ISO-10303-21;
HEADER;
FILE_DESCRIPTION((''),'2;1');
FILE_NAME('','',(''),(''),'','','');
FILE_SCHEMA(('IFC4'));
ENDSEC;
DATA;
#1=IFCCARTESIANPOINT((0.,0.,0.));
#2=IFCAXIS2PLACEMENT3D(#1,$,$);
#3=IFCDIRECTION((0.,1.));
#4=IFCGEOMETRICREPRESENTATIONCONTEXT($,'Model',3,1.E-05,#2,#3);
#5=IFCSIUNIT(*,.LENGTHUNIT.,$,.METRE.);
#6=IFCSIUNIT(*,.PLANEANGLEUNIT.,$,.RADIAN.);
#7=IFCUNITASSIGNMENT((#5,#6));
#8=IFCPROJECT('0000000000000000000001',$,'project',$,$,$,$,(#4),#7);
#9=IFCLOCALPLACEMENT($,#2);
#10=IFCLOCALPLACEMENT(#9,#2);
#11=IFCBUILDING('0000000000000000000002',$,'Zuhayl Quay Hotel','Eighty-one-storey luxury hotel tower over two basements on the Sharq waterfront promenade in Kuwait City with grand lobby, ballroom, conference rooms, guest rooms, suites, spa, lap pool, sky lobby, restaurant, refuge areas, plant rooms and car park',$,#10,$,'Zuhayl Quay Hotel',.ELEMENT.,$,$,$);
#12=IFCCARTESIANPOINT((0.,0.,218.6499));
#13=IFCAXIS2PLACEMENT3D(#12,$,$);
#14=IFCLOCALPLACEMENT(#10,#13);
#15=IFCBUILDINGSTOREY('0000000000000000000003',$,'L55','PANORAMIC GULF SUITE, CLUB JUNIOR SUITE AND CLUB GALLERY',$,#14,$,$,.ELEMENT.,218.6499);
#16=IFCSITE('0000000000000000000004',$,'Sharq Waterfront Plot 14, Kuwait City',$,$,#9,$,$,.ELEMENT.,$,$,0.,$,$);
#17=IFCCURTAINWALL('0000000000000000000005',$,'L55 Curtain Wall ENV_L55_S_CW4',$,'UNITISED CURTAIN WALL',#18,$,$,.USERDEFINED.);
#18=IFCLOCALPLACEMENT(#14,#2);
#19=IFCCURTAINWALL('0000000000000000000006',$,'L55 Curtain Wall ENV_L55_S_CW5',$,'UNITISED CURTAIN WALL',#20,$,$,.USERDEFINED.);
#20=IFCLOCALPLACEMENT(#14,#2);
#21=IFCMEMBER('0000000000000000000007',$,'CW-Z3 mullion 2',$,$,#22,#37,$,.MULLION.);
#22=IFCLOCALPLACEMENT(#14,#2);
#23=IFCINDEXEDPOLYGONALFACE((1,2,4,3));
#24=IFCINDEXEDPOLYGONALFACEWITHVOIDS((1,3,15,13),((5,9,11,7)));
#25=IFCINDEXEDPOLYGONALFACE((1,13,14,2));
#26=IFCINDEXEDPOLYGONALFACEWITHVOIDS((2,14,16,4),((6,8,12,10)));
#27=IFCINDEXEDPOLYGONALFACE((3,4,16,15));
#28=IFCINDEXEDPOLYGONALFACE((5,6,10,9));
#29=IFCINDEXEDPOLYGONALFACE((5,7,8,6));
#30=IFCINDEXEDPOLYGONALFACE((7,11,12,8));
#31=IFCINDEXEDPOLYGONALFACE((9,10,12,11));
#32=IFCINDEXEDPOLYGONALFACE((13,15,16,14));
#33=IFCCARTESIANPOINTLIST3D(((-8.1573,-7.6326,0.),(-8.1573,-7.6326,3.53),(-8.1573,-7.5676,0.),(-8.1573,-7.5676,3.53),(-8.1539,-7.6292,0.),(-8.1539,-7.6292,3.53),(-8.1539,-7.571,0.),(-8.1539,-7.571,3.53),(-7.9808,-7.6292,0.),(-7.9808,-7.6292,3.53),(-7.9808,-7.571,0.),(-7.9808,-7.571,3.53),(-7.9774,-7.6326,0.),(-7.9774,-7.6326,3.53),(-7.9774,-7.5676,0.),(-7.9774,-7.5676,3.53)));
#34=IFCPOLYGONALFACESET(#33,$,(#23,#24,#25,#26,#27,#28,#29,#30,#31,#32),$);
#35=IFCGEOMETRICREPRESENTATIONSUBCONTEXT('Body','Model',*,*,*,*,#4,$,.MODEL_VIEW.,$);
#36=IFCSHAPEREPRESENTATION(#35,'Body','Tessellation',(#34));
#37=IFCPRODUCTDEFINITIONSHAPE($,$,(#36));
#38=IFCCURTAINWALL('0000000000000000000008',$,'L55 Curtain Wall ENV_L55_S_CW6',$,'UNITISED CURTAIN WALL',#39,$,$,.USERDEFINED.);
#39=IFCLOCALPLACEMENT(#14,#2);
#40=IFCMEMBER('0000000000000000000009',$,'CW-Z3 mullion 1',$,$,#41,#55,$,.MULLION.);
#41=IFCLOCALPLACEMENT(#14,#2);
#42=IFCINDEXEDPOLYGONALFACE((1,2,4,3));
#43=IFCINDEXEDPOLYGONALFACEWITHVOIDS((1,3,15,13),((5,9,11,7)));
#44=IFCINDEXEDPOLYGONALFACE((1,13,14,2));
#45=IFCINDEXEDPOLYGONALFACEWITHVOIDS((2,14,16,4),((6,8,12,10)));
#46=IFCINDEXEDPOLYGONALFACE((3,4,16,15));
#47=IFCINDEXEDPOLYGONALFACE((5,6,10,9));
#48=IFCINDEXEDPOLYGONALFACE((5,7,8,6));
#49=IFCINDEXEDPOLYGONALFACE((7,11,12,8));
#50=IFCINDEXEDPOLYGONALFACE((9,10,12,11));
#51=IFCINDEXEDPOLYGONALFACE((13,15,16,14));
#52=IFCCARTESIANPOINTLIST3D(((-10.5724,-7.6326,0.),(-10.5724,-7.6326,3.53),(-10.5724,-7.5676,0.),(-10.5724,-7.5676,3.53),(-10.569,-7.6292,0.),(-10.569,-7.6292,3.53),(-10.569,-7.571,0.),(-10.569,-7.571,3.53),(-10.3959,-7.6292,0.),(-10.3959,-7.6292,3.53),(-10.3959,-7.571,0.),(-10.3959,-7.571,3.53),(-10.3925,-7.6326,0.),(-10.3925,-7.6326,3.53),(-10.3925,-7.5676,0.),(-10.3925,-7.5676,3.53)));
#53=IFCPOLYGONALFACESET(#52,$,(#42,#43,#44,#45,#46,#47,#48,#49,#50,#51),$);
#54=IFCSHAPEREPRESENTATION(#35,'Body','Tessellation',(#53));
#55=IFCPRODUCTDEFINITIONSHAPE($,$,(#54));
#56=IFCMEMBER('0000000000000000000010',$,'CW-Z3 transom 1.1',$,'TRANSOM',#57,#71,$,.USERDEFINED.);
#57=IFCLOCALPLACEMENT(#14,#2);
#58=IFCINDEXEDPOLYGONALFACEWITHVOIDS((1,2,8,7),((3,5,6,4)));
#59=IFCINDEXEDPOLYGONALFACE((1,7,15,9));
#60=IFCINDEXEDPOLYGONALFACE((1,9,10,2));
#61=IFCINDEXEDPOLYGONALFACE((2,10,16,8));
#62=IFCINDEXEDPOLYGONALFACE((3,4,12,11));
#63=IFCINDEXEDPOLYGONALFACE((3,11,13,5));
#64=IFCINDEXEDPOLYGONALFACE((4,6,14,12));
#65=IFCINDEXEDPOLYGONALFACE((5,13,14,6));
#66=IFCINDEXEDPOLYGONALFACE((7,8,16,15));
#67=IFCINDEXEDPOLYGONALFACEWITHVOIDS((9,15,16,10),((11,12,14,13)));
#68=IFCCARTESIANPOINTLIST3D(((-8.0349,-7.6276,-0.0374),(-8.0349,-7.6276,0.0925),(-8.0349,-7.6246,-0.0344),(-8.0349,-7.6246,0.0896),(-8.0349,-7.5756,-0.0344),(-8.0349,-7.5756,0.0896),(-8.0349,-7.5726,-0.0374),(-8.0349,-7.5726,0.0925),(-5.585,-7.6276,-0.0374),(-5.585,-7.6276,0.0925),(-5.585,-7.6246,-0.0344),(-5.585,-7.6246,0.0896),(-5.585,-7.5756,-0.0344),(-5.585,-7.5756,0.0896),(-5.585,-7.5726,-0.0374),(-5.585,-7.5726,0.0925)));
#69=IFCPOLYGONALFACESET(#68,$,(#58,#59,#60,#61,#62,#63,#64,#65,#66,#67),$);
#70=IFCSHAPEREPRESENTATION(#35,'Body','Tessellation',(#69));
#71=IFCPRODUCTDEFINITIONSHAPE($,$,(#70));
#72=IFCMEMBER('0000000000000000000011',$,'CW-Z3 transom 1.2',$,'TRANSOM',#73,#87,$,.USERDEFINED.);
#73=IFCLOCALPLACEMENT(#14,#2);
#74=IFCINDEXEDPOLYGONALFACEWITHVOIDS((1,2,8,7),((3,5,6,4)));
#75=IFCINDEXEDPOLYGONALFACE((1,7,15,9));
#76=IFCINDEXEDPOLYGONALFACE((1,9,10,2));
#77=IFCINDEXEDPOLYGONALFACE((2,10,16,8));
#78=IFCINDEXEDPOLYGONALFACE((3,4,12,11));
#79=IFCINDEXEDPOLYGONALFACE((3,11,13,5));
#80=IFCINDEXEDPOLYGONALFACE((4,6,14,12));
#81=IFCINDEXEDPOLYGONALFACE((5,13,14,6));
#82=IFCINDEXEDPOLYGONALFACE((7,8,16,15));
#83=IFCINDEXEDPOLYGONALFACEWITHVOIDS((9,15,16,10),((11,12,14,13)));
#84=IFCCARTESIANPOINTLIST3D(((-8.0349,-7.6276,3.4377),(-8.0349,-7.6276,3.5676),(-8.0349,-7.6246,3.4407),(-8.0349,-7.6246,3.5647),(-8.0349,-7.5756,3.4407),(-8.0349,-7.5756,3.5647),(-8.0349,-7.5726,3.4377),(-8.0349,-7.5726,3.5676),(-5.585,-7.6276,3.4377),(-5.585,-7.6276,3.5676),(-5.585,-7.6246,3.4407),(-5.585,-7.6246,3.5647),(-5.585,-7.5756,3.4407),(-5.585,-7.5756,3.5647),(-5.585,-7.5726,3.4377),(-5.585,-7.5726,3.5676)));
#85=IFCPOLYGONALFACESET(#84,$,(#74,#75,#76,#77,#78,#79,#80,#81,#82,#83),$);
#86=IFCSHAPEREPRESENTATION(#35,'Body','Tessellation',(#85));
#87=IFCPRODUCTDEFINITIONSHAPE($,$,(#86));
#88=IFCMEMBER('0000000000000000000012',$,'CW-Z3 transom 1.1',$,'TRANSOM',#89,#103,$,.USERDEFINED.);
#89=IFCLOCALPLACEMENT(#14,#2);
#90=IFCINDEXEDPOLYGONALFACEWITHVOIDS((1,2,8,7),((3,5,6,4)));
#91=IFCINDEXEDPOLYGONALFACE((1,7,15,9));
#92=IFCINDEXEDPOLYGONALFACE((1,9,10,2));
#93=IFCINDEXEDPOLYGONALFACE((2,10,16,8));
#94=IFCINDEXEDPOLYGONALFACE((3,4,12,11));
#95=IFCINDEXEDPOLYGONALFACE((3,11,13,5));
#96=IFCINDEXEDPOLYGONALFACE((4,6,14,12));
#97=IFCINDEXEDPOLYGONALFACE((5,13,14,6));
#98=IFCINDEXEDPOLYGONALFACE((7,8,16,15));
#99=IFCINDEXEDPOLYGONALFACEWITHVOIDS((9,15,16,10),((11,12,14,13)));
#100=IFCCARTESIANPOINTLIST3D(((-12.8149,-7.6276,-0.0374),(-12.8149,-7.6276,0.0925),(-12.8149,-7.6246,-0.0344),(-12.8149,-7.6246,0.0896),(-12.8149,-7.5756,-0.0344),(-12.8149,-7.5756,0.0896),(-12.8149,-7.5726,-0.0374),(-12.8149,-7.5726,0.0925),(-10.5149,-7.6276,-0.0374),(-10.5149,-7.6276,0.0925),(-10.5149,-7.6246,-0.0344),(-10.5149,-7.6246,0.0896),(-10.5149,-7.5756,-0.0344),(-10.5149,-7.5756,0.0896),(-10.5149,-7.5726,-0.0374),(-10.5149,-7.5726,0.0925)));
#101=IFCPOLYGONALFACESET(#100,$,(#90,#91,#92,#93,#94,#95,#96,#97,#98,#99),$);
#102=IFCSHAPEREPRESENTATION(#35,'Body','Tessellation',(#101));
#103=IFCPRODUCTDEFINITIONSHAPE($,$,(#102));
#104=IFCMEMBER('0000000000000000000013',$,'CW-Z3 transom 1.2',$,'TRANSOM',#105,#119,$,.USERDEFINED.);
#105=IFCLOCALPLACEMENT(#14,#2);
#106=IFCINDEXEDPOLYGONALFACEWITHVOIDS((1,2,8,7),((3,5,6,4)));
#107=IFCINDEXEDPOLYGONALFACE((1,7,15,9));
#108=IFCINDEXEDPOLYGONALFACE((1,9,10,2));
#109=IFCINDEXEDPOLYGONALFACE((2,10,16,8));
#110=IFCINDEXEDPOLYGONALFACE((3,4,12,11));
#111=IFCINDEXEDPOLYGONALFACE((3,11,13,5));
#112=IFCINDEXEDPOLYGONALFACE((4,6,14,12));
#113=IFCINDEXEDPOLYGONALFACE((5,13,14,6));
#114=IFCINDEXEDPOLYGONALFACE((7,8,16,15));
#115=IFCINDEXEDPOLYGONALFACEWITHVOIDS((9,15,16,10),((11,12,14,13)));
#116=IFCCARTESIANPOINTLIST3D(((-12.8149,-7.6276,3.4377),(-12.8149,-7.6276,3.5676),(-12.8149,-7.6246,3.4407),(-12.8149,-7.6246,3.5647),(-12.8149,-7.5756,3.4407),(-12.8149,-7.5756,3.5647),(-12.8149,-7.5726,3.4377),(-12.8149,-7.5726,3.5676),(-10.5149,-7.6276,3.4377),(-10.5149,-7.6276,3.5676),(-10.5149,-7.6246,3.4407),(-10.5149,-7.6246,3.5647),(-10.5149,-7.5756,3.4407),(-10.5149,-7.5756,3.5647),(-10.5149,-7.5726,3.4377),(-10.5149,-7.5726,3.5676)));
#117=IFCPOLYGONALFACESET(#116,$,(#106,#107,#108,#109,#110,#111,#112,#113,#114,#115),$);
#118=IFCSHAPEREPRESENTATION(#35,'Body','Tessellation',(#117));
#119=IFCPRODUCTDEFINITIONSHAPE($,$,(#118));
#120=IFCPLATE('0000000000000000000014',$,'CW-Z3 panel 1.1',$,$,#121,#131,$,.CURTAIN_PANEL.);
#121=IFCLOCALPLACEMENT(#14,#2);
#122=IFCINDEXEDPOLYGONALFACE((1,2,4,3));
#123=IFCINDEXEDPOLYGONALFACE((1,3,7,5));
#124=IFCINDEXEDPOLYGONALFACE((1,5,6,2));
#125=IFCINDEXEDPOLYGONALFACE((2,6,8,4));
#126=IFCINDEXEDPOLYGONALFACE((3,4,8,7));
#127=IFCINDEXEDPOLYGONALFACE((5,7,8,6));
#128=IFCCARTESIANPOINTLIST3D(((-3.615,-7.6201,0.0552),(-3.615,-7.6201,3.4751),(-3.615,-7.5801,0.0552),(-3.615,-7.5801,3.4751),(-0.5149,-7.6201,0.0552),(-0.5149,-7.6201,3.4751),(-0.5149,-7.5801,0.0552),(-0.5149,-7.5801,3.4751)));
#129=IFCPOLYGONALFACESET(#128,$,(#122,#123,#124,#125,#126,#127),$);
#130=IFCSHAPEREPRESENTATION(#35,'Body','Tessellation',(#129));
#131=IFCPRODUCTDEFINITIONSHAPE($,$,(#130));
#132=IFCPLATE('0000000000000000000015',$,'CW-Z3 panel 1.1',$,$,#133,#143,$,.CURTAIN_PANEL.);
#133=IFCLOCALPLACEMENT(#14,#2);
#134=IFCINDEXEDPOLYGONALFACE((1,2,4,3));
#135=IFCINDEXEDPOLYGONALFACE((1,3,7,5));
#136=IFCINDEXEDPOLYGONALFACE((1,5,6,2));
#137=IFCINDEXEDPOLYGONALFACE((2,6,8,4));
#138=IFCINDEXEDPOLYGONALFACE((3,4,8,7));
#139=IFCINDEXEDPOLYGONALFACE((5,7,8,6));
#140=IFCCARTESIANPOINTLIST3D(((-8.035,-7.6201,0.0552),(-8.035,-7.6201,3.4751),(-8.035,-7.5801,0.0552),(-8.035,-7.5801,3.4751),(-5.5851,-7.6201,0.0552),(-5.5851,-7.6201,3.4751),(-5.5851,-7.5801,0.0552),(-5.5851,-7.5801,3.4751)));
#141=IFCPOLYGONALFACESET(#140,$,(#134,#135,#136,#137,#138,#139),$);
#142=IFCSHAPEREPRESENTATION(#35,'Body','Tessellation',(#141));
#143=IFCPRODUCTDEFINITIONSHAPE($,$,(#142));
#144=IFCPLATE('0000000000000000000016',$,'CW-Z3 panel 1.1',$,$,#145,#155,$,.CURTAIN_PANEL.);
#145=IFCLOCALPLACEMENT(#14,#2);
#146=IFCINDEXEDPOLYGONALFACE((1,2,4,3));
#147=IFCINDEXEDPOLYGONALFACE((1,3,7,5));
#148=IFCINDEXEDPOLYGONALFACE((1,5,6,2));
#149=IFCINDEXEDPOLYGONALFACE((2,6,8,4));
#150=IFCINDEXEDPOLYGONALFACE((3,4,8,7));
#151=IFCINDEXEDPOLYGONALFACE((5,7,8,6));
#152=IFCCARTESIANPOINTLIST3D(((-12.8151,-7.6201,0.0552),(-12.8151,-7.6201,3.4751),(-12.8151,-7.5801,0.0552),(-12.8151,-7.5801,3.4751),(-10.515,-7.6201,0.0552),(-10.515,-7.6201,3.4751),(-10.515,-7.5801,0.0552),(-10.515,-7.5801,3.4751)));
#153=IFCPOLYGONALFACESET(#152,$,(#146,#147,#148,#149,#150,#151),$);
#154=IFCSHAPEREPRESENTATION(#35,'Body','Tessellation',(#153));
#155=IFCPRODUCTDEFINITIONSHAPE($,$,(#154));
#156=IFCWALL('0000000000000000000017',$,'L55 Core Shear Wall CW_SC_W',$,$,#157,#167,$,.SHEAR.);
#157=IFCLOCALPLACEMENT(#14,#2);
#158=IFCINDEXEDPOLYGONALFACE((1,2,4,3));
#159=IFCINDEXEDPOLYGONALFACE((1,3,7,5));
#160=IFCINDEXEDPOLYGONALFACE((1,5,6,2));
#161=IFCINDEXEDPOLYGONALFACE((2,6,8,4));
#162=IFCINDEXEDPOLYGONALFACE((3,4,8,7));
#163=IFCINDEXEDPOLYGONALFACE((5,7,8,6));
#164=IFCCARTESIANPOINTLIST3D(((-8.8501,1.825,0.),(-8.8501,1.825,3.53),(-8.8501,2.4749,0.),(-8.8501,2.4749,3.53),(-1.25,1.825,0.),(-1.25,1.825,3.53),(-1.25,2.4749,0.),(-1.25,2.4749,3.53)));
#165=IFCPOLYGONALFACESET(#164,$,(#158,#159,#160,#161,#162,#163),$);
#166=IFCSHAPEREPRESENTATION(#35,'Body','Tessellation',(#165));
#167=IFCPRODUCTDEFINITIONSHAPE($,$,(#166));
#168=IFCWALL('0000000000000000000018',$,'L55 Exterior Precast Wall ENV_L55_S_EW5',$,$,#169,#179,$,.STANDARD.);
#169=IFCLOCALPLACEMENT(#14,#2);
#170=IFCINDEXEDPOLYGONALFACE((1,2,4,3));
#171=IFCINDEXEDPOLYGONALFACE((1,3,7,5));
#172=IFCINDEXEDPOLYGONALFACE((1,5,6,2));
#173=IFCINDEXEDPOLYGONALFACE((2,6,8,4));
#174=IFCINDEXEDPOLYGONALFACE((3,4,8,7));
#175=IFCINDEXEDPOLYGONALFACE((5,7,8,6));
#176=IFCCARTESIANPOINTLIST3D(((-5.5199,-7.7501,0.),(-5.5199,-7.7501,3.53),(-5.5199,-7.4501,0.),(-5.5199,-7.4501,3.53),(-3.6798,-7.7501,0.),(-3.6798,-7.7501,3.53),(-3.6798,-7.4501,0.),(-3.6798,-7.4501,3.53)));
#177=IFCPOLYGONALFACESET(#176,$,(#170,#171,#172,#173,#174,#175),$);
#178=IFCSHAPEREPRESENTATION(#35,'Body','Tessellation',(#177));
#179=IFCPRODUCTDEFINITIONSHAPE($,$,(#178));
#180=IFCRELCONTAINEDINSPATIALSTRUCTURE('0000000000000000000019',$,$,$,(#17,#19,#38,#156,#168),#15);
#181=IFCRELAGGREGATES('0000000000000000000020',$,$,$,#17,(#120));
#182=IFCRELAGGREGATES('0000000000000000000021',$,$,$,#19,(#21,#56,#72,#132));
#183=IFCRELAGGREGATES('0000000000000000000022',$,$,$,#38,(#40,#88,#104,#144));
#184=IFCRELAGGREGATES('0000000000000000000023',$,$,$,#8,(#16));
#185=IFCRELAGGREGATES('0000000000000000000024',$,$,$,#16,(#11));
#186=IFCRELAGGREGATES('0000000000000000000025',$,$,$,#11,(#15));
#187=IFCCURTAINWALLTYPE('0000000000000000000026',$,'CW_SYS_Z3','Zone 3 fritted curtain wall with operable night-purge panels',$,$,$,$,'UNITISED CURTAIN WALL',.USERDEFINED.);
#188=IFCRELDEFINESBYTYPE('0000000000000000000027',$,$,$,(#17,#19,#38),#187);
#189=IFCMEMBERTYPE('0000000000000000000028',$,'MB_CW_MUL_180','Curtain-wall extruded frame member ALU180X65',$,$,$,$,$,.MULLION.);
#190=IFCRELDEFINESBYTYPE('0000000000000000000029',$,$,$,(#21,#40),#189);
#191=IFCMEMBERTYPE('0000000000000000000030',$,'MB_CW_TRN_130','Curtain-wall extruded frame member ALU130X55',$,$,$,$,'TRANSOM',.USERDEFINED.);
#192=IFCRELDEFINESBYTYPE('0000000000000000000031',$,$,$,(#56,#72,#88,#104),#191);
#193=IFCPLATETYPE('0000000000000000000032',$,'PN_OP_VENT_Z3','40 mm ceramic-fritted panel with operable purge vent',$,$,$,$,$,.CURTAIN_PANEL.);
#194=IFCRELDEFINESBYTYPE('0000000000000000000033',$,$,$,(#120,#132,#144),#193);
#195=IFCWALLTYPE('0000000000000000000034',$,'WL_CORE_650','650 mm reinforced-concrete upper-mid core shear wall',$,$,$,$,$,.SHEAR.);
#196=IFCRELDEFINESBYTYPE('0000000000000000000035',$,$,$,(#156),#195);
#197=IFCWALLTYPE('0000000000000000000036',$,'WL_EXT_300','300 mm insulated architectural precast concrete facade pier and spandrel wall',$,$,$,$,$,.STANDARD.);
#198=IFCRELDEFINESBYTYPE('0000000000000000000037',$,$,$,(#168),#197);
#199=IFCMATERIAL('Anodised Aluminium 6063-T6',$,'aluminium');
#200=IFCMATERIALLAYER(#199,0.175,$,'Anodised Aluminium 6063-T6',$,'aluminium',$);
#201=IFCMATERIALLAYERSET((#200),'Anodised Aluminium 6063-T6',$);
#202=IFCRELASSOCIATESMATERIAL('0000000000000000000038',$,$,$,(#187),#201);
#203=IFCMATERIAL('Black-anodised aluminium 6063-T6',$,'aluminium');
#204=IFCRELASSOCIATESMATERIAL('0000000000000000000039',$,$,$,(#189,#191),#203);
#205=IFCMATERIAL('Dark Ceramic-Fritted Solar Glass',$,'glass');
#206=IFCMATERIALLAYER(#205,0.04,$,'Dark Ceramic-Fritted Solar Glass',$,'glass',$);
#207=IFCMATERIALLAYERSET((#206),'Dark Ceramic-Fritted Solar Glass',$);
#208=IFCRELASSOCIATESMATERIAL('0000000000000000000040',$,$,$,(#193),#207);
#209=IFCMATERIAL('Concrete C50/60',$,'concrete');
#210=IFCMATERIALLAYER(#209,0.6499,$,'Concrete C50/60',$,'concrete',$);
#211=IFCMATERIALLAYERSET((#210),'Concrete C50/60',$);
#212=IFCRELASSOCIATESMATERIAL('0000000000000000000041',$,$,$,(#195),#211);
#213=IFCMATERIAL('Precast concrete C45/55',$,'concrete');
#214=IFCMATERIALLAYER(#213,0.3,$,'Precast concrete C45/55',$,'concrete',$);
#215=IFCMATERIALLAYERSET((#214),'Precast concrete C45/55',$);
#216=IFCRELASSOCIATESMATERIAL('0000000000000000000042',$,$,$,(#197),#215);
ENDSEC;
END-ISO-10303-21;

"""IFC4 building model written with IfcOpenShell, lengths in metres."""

from ifc_helpers import new_model, si_unit, direction, frame, frame_2d, origin, origin_2d, place, context, subcontext, project, spatial, rectangle, hollow_rectangle, extrude, material, layer, layer_set, material_profile, profile_set, type_object, element, aggregate, save


model = new_model("IFC4")

# Units and contexts
model_context = context("Model", 3, precision=1e-05, world=origin(), true_north=direction((0.0, 1.0)))
body_context = subcontext(model_context, "Body", "Model", "MODEL_VIEW")
ifc_project = project(units=[si_unit("LENGTHUNIT", "METRE"), si_unit("PLANEANGLEUNIT", "RADIAN")], contexts=[model_context])

# Site, building, storey
site_placement = place(None, origin())
site = spatial("IfcSite", under=ifc_project, at=site_placement, Name="Sharq Waterfront Plot 14, Kuwait City", CompositionType="ELEMENT", RefElevation=0.0)
building_placement = place(site_placement, origin())
building = spatial("IfcBuilding", under=site, at=building_placement, Name="Zuhayl Quay Hotel", Description="Eighty-one-storey luxury hotel tower over two basements on the Sharq waterfront promenade in Kuwait City with grand lobby, ballroom, conference rooms, guest rooms, suites, spa, lap pool, sky lobby, restaurant, refuge areas, plant rooms and car park", LongName="Zuhayl Quay Hotel", CompositionType="ELEMENT")
storey_placement = place(building_placement, frame((0.0, 0.0, 218.6499)))
storey = spatial("IfcBuildingStorey", under=building, at=storey_placement, Name="L55", Description="PANORAMIC GULF SUITE, CLUB JUNIOR SUITE AND CLUB GALLERY", CompositionType="ELEMENT", Elevation=218.6499)

# Curtain wall
ifc_material_1 = material(Name="Anodised Aluminium 6063-T6", Category="aluminium")
ifc_layer_1 = layer(ifc_material_1, 0.175, Name="Anodised Aluminium 6063-T6", Category="aluminium")
ifc_layer_set_1 = layer_set([ifc_layer_1], Name="Anodised Aluminium 6063-T6")
curtain_wall_type = type_object("IfcCurtainWallType", Name="CW_SYS_Z3", Description="Zone 3 fritted curtain wall with operable night-purge panels", ElementType="UNITISED CURTAIN WALL", PredefinedType="USERDEFINED", material=ifc_layer_set_1)
curtain_wall_1_placement = place(storey_placement, origin())
curtain_wall_1 = element("IfcCurtainWall", 1, at=curtain_wall_1_placement, inside=storey, type_object=curtain_wall_type, Name="L55 Curtain Wall ENV_L55_S_CW4", ObjectType="UNITISED CURTAIN WALL", PredefinedType="USERDEFINED")
ifc_material_2 = material(Name="Black-anodised aluminium 6063-T6", Category="aluminium")
ifc_material_profile_1 = material_profile(ifc_material_2, hollow_rectangle(XDim=0.0649, YDim=0.1799, WallThickness=0.0034, at=origin_2d()), Name="ALU180X65")
ifc_profile_set_1 = profile_set([ifc_material_profile_1], Name="Black-anodised aluminium 6063-T6")
member_type_1 = type_object("IfcMemberType", Name="MB_CW_MUL_180", Description="Curtain-wall extruded frame member ALU180X65", PredefinedType="MULLION", material=ifc_profile_set_1)

# Curtain wall, member
curtain_wall_2_placement = place(storey_placement, origin())
curtain_wall_2 = element("IfcCurtainWall", 2, at=curtain_wall_2_placement, inside=storey, type_object=curtain_wall_type, Name="L55 Curtain Wall ENV_L55_S_CW5", ObjectType="UNITISED CURTAIN WALL", PredefinedType="USERDEFINED")
member_1_placement = place(storey_placement, frame((-8.0674, -7.6001, 0.0), z_axis=(0.0, 0.0, 1.0), x_axis=(0.0, -1.0, 0.0)))
member_1 = element("IfcMember", 3, at=member_1_placement, type_object=member_type_1, Name="CW-Z3 mullion 2", PredefinedType="MULLION", context=body_context, shape_type="SweptSolid", body=[
    extrude(hollow_rectangle(XDim=0.0649, YDim=0.1799, WallThickness=0.0034, at=origin_2d()), origin(), (0.0, 0.0, 1.0), 3.53),
])

# Curtain wall, member
curtain_wall_3_placement = place(storey_placement, origin())
curtain_wall_3 = element("IfcCurtainWall", 4, at=curtain_wall_3_placement, inside=storey, type_object=curtain_wall_type, Name="L55 Curtain Wall ENV_L55_S_CW6", ObjectType="UNITISED CURTAIN WALL", PredefinedType="USERDEFINED")
member_2_placement = place(storey_placement, frame((-10.4824, -7.6001, 0.0), z_axis=(0.0, 0.0, 1.0), x_axis=(0.0, -1.0, 0.0)))
member_2 = element("IfcMember", 5, at=member_2_placement, type_object=member_type_1, Name="CW-Z3 mullion 1", PredefinedType="MULLION", context=body_context, shape_type="SweptSolid", body=[
    extrude(hollow_rectangle(XDim=0.0649, YDim=0.1799, WallThickness=0.0034, at=origin_2d()), origin(), (0.0, 0.0, 1.0), 3.53),
])

# Members
ifc_material_profile_2 = material_profile(ifc_material_2, hollow_rectangle(XDim=0.0549, YDim=0.1299, WallThickness=0.0029, at=origin_2d()), Name="ALU130X55")
ifc_profile_set_2 = profile_set([ifc_material_profile_2], Name="Black-anodised aluminium 6063-T6")
member_type_2 = type_object("IfcMemberType", Name="MB_CW_TRN_130", Description="Curtain-wall extruded frame member ALU130X55", ElementType="TRANSOM", PredefinedType="USERDEFINED", material=ifc_profile_set_2)
member_3_placement = place(storey_placement, frame((-5.585, -7.6001, 0.0276), z_axis=(-1.0, 0.0, 0.0), x_axis=(0.0, -1.0, 0.0)))
member_3 = element("IfcMember", 6, at=member_3_placement, type_object=member_type_2, Name="CW-Z3 transom 1.1", ObjectType="TRANSOM", PredefinedType="USERDEFINED", context=body_context, shape_type="SweptSolid", body=[
    extrude(hollow_rectangle(XDim=0.0549, YDim=0.1299, WallThickness=0.0029, at=origin_2d()), origin(), (0.0, 0.0, 1.0), 2.45),
])
member_4_placement = place(storey_placement, frame((-5.585, -7.6001, 3.5027), z_axis=(-1.0, 0.0, 0.0), x_axis=(0.0, -1.0, 0.0)))
member_4 = element("IfcMember", 7, at=member_4_placement, type_object=member_type_2, Name="CW-Z3 transom 1.2", ObjectType="TRANSOM", PredefinedType="USERDEFINED", context=body_context, shape_type="SweptSolid", body=[
    extrude(hollow_rectangle(XDim=0.0549, YDim=0.1299, WallThickness=0.0029, at=origin_2d()), origin(), (0.0, 0.0, 1.0), 2.45),
])
member_5_placement = place(storey_placement, frame((-10.5149, -7.6001, 0.0276), z_axis=(-1.0, 0.0, 0.0), x_axis=(0.0, -1.0, 0.0)))
member_5 = element("IfcMember", 8, at=member_5_placement, type_object=member_type_2, Name="CW-Z3 transom 1.1", ObjectType="TRANSOM", PredefinedType="USERDEFINED", context=body_context, shape_type="SweptSolid", body=[
    extrude(hollow_rectangle(XDim=0.0549, YDim=0.1299, WallThickness=0.0029, at=origin_2d()), origin(), (0.0, 0.0, 1.0), 2.3),
])
member_6_placement = place(storey_placement, frame((-10.5149, -7.6001, 3.5027), z_axis=(-1.0, 0.0, 0.0), x_axis=(0.0, -1.0, 0.0)))
member_6 = element("IfcMember", 9, at=member_6_placement, type_object=member_type_2, Name="CW-Z3 transom 1.2", ObjectType="TRANSOM", PredefinedType="USERDEFINED", context=body_context, shape_type="SweptSolid", body=[
    extrude(hollow_rectangle(XDim=0.0549, YDim=0.1299, WallThickness=0.0029, at=origin_2d()), origin(), (0.0, 0.0, 1.0), 2.3),
])

# Plates
ifc_material_3 = material(Name="Dark Ceramic-Fritted Solar Glass", Category="glass")
ifc_layer_2 = layer(ifc_material_3, 0.04, Name="Dark Ceramic-Fritted Solar Glass", Category="glass")
ifc_layer_set_2 = layer_set([ifc_layer_2], Name="Dark Ceramic-Fritted Solar Glass")
plate_type = type_object("IfcPlateType", Name="PN_OP_VENT_Z3", Description="40 mm ceramic-fritted panel with operable purge vent", PredefinedType="CURTAIN_PANEL", material=ifc_layer_set_2)
plate_1_placement = place(storey_placement, frame((-2.0649, -7.6001, 0.0552), z_axis=(0.0, 0.0, 1.0), x_axis=(-1.0, 0.0, 0.0)))
plate_1 = element("IfcPlate", 10, at=plate_1_placement, type_object=plate_type, Name="CW-Z3 panel 1.1", PredefinedType="CURTAIN_PANEL", context=body_context, shape_type="SweptSolid", body=[
    extrude(rectangle(XDim=3.1001, YDim=0.04, at=origin_2d()), origin(), (0.0, 0.0, 1.0), 3.4199),
])
aggregate(curtain_wall_1, [plate_1])
plate_2_placement = place(storey_placement, frame((-6.8101, -7.6001, 0.0552), z_axis=(0.0, 0.0, 1.0), x_axis=(-1.0, 0.0, 0.0)))
plate_2 = element("IfcPlate", 11, at=plate_2_placement, type_object=plate_type, Name="CW-Z3 panel 1.1", PredefinedType="CURTAIN_PANEL", context=body_context, shape_type="SweptSolid", body=[
    extrude(rectangle(XDim=2.45, YDim=0.04, at=origin_2d()), origin(), (0.0, 0.0, 1.0), 3.4199),
])
aggregate(curtain_wall_2, [member_1, member_3, member_4, plate_2])
plate_3_placement = place(storey_placement, frame((-11.665, -7.6001, 0.0552), z_axis=(0.0, 0.0, 1.0), x_axis=(-1.0, 0.0, 0.0)))
plate_3 = element("IfcPlate", 12, at=plate_3_placement, type_object=plate_type, Name="CW-Z3 panel 1.1", PredefinedType="CURTAIN_PANEL", context=body_context, shape_type="SweptSolid", body=[
    extrude(rectangle(XDim=2.3, YDim=0.04, at=origin_2d()), origin(), (0.0, 0.0, 1.0), 3.4199),
])
aggregate(curtain_wall_3, [member_2, member_5, member_6, plate_3])

# Walls
ifc_material_4 = material(Name="Concrete C50/60", Category="concrete")
ifc_layer_3 = layer(ifc_material_4, 0.6499, Name="Concrete C50/60", Category="concrete")
ifc_layer_set_3 = layer_set([ifc_layer_3], Name="Concrete C50/60")
wall_type_1 = type_object("IfcWallType", Name="WL_CORE_650", Description="650 mm reinforced-concrete upper-mid core shear wall", PredefinedType="SHEAR", material=ifc_layer_set_3)
wall_1_placement = place(storey_placement, frame((-8.8501, 2.1499, 0.0), z_axis=(0.0, 0.0, 1.0), x_axis=(1.0, 0.0, 0.0)))
element("IfcWall", 13, at=wall_1_placement, inside=storey, type_object=wall_type_1, Name="L55 Core Shear Wall CW_SC_W", PredefinedType="SHEAR", context=body_context, shape_type="SweptSolid", body=[
    extrude(rectangle(XDim=7.6001, YDim=0.6499, at=frame_2d((3.8, 0.0))), origin(), (0.0, 0.0, 1.0), 3.53),
])
ifc_material_5 = material(Name="Precast concrete C45/55", Category="concrete")
ifc_layer_4 = layer(ifc_material_5, 0.3, Name="Precast concrete C45/55", Category="concrete")
ifc_layer_set_4 = layer_set([ifc_layer_4], Name="Precast concrete C45/55")
wall_type_2 = type_object("IfcWallType", Name="WL_EXT_300", Description="300 mm insulated architectural precast concrete facade pier and spandrel wall", PredefinedType="STANDARD", material=ifc_layer_set_4)
wall_2_placement = place(storey_placement, frame((-3.6799, -7.6001, 0.0), z_axis=(0.0, 0.0, 1.0), x_axis=(-1.0, 0.0, 0.0)))
element("IfcWall", 14, at=wall_2_placement, inside=storey, type_object=wall_type_2, Name="L55 Exterior Precast Wall ENV_L55_S_EW5", PredefinedType="STANDARD", context=body_context, shape_type="SweptSolid", body=[
    extrude(rectangle(XDim=1.8401, YDim=0.3, at=frame_2d((0.9199, 0.0))), origin(), (0.0, 0.0, 1.0), 3.53),
])

save(model, "model.ifc")
